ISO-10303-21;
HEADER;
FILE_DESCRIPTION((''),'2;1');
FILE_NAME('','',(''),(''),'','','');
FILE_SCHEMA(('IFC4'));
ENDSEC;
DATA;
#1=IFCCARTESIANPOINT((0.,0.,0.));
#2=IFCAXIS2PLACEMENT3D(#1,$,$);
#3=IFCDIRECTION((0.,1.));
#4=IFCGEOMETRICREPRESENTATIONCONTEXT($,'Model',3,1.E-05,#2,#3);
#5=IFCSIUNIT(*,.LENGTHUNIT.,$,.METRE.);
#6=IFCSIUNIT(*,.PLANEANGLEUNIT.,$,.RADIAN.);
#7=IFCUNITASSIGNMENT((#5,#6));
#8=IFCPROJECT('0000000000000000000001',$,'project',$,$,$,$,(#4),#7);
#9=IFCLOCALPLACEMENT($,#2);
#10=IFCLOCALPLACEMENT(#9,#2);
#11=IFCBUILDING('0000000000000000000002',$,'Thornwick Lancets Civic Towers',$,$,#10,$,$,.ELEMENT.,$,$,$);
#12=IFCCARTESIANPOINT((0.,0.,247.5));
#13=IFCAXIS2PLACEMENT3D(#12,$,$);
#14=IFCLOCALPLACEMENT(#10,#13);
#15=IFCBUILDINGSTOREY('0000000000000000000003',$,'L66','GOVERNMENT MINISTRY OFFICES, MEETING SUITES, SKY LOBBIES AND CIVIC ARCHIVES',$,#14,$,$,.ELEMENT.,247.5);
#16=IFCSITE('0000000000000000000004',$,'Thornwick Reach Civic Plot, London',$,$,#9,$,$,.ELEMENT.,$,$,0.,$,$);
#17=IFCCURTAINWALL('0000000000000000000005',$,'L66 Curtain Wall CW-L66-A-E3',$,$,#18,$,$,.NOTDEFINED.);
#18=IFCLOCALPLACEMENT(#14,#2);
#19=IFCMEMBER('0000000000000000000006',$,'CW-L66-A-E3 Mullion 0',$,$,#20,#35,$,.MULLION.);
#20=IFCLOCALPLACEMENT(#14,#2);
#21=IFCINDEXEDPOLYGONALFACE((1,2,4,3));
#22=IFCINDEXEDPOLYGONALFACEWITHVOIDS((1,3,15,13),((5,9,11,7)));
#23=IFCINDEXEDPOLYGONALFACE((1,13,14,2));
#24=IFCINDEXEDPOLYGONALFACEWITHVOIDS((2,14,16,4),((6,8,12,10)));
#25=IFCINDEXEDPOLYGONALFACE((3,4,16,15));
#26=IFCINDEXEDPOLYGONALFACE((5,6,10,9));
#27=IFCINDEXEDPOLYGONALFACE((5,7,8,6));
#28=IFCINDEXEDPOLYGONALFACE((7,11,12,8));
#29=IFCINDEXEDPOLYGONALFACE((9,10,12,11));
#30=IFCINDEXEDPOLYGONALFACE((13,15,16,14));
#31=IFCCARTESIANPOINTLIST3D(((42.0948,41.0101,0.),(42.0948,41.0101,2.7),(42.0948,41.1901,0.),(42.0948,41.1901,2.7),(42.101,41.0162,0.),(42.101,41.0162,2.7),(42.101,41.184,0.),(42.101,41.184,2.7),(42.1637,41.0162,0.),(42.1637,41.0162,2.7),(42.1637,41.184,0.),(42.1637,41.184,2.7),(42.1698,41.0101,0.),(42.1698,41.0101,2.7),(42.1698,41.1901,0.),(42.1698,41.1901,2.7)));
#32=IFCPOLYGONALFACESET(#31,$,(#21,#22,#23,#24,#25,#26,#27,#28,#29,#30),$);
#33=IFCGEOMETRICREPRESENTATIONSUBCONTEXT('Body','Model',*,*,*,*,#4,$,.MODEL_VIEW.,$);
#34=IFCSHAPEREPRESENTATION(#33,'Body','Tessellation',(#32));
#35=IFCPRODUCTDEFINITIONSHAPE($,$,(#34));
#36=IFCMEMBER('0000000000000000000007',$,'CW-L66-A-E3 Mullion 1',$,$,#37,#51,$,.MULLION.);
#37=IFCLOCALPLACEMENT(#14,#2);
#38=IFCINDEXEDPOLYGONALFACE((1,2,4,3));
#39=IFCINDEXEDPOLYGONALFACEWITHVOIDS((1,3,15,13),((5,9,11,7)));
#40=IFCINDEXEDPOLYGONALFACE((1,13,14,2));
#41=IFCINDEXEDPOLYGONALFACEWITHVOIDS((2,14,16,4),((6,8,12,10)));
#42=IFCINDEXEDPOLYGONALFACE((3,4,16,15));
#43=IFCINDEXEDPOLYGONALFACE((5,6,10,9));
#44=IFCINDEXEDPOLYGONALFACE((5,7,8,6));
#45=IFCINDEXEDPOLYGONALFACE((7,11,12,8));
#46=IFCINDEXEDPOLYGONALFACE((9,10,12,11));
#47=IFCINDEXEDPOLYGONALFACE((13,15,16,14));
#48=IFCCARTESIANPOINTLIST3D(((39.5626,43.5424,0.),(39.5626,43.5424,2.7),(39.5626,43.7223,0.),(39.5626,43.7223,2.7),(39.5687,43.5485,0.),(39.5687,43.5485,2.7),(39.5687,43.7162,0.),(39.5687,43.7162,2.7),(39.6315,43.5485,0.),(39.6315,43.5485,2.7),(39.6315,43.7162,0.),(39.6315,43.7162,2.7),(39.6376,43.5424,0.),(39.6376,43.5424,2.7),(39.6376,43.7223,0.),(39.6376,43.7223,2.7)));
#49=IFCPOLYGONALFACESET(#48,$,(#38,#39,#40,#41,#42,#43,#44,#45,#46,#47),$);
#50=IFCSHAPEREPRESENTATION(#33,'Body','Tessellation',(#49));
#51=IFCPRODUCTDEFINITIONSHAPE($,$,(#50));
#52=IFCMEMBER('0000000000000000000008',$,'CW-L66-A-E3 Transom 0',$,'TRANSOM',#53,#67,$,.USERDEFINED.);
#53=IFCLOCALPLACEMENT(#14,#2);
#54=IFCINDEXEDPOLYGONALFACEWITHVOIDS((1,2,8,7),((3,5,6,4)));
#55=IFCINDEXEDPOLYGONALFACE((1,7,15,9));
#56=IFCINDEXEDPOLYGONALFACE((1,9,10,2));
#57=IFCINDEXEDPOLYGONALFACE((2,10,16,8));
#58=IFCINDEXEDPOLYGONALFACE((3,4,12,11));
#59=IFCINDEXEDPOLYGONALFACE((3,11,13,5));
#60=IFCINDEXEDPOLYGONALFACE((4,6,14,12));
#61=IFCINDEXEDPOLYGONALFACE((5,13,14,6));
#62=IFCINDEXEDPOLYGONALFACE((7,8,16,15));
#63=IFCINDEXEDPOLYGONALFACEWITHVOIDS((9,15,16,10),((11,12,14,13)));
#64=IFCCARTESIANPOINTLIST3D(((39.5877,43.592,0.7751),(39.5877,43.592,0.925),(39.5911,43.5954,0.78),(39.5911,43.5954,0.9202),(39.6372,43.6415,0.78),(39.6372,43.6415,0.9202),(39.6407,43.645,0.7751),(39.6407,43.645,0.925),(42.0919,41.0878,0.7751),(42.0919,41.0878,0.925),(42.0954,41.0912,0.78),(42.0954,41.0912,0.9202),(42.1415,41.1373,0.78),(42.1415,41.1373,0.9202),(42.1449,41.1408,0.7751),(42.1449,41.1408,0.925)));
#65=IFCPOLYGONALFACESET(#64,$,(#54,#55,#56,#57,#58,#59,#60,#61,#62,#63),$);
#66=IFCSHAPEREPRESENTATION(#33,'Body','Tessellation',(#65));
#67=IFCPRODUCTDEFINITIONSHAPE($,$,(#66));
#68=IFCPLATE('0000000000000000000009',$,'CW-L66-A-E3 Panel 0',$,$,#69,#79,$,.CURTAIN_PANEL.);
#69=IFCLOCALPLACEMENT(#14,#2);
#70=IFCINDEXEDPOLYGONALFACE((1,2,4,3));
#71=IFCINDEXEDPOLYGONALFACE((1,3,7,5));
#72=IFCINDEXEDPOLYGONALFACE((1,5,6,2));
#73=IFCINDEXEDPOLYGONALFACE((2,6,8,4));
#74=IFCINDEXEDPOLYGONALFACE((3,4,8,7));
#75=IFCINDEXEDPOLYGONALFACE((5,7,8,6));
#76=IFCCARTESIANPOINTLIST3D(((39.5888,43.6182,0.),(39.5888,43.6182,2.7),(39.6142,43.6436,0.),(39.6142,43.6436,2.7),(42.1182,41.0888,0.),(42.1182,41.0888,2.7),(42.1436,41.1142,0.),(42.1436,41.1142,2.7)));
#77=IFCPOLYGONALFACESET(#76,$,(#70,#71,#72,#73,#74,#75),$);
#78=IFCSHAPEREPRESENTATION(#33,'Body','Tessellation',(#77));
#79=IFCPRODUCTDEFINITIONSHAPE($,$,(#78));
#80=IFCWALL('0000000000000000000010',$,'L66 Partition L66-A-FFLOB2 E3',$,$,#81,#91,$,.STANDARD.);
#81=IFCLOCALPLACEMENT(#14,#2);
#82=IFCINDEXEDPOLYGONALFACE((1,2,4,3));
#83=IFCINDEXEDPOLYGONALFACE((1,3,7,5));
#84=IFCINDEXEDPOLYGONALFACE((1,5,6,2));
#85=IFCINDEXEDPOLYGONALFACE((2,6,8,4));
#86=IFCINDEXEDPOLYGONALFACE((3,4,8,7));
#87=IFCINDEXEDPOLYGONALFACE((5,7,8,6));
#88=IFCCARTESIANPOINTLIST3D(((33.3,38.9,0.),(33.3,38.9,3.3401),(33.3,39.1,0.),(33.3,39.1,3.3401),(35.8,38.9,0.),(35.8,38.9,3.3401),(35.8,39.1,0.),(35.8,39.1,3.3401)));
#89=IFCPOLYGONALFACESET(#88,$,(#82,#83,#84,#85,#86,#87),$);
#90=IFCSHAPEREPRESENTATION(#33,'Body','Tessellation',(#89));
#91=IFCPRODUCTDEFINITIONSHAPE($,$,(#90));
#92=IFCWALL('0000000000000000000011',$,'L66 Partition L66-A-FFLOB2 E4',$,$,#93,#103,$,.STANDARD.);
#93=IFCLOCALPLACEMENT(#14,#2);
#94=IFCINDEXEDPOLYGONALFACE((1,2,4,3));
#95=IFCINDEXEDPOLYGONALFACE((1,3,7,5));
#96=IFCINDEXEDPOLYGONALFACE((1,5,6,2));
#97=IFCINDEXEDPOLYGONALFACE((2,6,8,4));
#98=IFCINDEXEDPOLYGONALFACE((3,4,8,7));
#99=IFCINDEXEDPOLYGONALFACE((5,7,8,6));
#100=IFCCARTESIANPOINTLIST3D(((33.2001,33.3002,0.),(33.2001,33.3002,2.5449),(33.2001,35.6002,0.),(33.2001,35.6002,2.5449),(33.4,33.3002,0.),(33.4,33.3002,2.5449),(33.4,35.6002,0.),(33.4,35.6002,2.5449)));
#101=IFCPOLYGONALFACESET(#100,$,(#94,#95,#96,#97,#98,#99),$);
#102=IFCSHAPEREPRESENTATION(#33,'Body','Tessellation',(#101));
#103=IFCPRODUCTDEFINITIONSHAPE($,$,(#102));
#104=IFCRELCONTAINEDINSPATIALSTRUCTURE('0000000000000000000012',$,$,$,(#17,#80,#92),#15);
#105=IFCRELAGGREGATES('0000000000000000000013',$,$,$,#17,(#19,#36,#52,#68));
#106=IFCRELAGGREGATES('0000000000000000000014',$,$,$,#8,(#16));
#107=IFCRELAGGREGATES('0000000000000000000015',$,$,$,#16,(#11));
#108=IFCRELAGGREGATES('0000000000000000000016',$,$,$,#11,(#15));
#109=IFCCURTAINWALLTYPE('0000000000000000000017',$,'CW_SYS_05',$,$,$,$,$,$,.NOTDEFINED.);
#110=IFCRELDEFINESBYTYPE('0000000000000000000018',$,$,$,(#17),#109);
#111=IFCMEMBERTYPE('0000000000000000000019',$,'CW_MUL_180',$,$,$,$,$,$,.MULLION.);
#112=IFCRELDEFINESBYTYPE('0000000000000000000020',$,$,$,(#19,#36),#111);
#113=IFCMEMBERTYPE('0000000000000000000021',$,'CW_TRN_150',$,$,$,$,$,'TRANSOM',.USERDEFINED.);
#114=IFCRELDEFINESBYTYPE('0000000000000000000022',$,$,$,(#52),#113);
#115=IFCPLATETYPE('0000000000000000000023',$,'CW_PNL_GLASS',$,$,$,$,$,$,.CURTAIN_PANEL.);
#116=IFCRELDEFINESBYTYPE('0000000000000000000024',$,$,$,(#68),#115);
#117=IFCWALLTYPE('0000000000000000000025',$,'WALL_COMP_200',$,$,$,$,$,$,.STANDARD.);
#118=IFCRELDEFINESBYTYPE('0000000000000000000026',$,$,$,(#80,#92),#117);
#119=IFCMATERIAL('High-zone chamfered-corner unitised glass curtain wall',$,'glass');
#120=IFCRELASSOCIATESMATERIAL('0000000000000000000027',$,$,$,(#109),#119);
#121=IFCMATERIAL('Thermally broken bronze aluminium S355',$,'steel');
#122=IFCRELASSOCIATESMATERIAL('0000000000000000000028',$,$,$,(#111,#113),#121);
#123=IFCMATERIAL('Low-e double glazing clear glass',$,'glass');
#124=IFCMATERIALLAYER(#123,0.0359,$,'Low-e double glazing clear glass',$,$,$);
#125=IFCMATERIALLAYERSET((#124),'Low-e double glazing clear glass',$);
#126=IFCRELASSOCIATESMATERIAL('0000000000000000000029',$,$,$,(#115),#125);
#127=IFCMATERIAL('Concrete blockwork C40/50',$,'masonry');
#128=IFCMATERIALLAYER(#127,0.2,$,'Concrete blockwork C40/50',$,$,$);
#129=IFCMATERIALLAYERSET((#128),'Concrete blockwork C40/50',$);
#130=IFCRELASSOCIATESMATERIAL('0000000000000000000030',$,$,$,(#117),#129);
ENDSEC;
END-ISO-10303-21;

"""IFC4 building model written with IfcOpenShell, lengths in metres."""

from ifc_helpers import new_model, si_unit, direction, frame, frame_2d, origin, origin_2d, place, context, subcontext, project, spatial, rectangle, hollow_rectangle, extrude, material, layer, layer_set, material_profile, profile_set, type_object, element, aggregate, save


model = new_model("IFC4")

# Units and contexts
model_context = context("Model", 3, precision=1e-05, world=origin(), true_north=direction((0.0, 1.0)))
body_context = subcontext(model_context, "Body", "Model", "MODEL_VIEW")
ifc_project = project(units=[si_unit("LENGTHUNIT", "METRE"), si_unit("PLANEANGLEUNIT", "RADIAN")], contexts=[model_context])

# Site, building, storey
site_placement = place(None, origin())
site = spatial("IfcSite", under=ifc_project, at=site_placement, Name="Thornwick Reach Civic Plot, London", CompositionType="ELEMENT", RefElevation=0.0)
building_placement = place(site_placement, origin())
building = spatial("IfcBuilding", under=site, at=building_placement, Name="Thornwick Lancets Civic Towers", CompositionType="ELEMENT")
storey_placement = place(building_placement, frame((0.0, 0.0, 247.5)))
storey = spatial("IfcBuildingStorey", under=building, at=storey_placement, Name="L66", Description="GOVERNMENT MINISTRY OFFICES, MEETING SUITES, SKY LOBBIES AND CIVIC ARCHIVES", CompositionType="ELEMENT", Elevation=247.5)

# Curtain wall, members, plate
ifc_material_1 = material(Name="High-zone chamfered-corner unitised glass curtain wall", Category="glass")
curtain_wall_type = type_object("IfcCurtainWallType", Name="CW_SYS_05", PredefinedType="NOTDEFINED", material=ifc_material_1)
curtain_wall_placement = place(storey_placement, origin())
curtain_wall = element("IfcCurtainWall", 1, at=curtain_wall_placement, inside=storey, type_object=curtain_wall_type, Name="L66 Curtain Wall CW-L66-A-E3", PredefinedType="NOTDEFINED")
ifc_material_2 = material(Name="Thermally broken bronze aluminium S355", Category="steel")
ifc_material_profile_1 = material_profile(ifc_material_2, hollow_rectangle(XDim=0.075, YDim=0.1799, WallThickness=0.0061, at=origin_2d()), Name="RHS 180x75x6")
ifc_profile_set_1 = profile_set([ifc_material_profile_1], Name="Thermally broken bronze aluminium S355")
member_type_1 = type_object("IfcMemberType", Name="CW_MUL_180", PredefinedType="MULLION", material=ifc_profile_set_1)
member_1_placement = place(storey_placement, frame((42.1323, 41.1001, 0.0), z_axis=(0.0, 0.0, 1.0), x_axis=(1.0, 0.0, 0.0)))
member_1 = element("IfcMember", 2, at=member_1_placement, type_object=member_type_1, Name="CW-L66-A-E3 Mullion 0", PredefinedType="MULLION", context=body_context, shape_type="SweptSolid", body=[
    extrude(hollow_rectangle(XDim=0.075, YDim=0.1799, WallThickness=0.0061, at=origin_2d()), origin(), (0.0, 0.0, 1.0), 2.7),
])
member_2_placement = place(storey_placement, frame((39.6001, 43.6323, 0.0), z_axis=(0.0, 0.0, 1.0), x_axis=(1.0, 0.0, 0.0)))
member_2 = element("IfcMember", 3, at=member_2_placement, type_object=member_type_1, Name="CW-L66-A-E3 Mullion 1", PredefinedType="MULLION", context=body_context, shape_type="SweptSolid", body=[
    extrude(hollow_rectangle(XDim=0.075, YDim=0.1799, WallThickness=0.0061, at=origin_2d()), origin(), (0.0, 0.0, 1.0), 2.7),
])
ifc_material_profile_2 = material_profile(ifc_material_2, hollow_rectangle(XDim=0.075, YDim=0.1499, WallThickness=0.0049, at=origin_2d()), Name="RHS 150x75x5")
ifc_profile_set_2 = profile_set([ifc_material_profile_2], Name="Thermally broken bronze aluminium S355")
member_type_2 = type_object("IfcMemberType", Name="CW_TRN_150", ElementType="TRANSOM", PredefinedType="USERDEFINED", material=ifc_profile_set_2)
member_3_placement = place(storey_placement, frame((42.1184, 41.1143, 0.8501), z_axis=(-0.707107, 0.707107, 0.0), x_axis=(-0.707107, -0.707107, 0.0)))
member_3 = element("IfcMember", 4, at=member_3_placement, type_object=member_type_2, Name="CW-L66-A-E3 Transom 0", ObjectType="TRANSOM", PredefinedType="USERDEFINED", context=body_context, shape_type="SweptSolid", body=[
    extrude(hollow_rectangle(XDim=0.075, YDim=0.1499, WallThickness=0.0049, at=origin_2d()), origin(), (0.0, 0.0, 1.0), 3.5415),
])
ifc_material_3 = material(Name="Low-e double glazing clear glass", Category="glass")
ifc_layer_1 = layer(ifc_material_3, 0.0359, Name="Low-e double glazing clear glass")
ifc_layer_set_1 = layer_set([ifc_layer_1], Name="Low-e double glazing clear glass")
plate_type = type_object("IfcPlateType", Name="CW_PNL_GLASS", PredefinedType="CURTAIN_PANEL", material=ifc_layer_set_1)
plate_placement = place(storey_placement, frame((40.8662, 42.3662, 0.0), z_axis=(0.0, 0.0, 1.0), x_axis=(-0.707107, 0.707107, 0.0)))
plate = element("IfcPlate", 5, at=plate_placement, type_object=plate_type, Name="CW-L66-A-E3 Panel 0", PredefinedType="CURTAIN_PANEL", context=body_context, shape_type="SweptSolid", body=[
    extrude(rectangle(XDim=3.5771, YDim=0.0359, at=origin_2d()), origin(), (0.0, 0.0, 1.0), 2.7),
])
aggregate(curtain_wall, [member_1, member_2, member_3, plate])

# Walls
ifc_material_4 = material(Name="Concrete blockwork C40/50", Category="masonry")
ifc_layer_2 = layer(ifc_material_4, 0.2, Name="Concrete blockwork C40/50")
ifc_layer_set_2 = layer_set([ifc_layer_2], Name="Concrete blockwork C40/50")
wall_type_1 = type_object("IfcWallType", Name="WALL_COMP_200", PredefinedType="STANDARD", material=ifc_layer_set_2)
wall_1_placement = place(storey_placement, frame((35.8, 39.0, 0.0), z_axis=(0.0, 0.0, 1.0), x_axis=(-1.0, 0.0, 0.0)))
element("IfcWall", 6, at=wall_1_placement, inside=storey, type_object=wall_type_1, Name="L66 Partition L66-A-FFLOB2 E3", PredefinedType="STANDARD", context=body_context, shape_type="SweptSolid", body=[
    extrude(rectangle(XDim=2.5, YDim=0.2, at=frame_2d((1.25, 0.0))), origin(), (0.0, 0.0, 1.0), 3.3401),
])
wall_2_placement = place(storey_placement, frame((33.3, 35.6001, 0.0), z_axis=(0.0, 0.0, 1.0), x_axis=(0.0, -1.0, 0.0)))
element("IfcWall", 7, at=wall_2_placement, inside=storey, type_object=wall_type_1, Name="L66 Partition L66-A-FFLOB2 E4", PredefinedType="STANDARD", context=body_context, shape_type="SweptSolid", body=[
    extrude(rectangle(XDim=2.3, YDim=0.2, at=frame_2d((1.1499, 0.0))), origin(), (0.0, 0.0, 1.0), 2.5449),
])

save(model, "model.ifc")
